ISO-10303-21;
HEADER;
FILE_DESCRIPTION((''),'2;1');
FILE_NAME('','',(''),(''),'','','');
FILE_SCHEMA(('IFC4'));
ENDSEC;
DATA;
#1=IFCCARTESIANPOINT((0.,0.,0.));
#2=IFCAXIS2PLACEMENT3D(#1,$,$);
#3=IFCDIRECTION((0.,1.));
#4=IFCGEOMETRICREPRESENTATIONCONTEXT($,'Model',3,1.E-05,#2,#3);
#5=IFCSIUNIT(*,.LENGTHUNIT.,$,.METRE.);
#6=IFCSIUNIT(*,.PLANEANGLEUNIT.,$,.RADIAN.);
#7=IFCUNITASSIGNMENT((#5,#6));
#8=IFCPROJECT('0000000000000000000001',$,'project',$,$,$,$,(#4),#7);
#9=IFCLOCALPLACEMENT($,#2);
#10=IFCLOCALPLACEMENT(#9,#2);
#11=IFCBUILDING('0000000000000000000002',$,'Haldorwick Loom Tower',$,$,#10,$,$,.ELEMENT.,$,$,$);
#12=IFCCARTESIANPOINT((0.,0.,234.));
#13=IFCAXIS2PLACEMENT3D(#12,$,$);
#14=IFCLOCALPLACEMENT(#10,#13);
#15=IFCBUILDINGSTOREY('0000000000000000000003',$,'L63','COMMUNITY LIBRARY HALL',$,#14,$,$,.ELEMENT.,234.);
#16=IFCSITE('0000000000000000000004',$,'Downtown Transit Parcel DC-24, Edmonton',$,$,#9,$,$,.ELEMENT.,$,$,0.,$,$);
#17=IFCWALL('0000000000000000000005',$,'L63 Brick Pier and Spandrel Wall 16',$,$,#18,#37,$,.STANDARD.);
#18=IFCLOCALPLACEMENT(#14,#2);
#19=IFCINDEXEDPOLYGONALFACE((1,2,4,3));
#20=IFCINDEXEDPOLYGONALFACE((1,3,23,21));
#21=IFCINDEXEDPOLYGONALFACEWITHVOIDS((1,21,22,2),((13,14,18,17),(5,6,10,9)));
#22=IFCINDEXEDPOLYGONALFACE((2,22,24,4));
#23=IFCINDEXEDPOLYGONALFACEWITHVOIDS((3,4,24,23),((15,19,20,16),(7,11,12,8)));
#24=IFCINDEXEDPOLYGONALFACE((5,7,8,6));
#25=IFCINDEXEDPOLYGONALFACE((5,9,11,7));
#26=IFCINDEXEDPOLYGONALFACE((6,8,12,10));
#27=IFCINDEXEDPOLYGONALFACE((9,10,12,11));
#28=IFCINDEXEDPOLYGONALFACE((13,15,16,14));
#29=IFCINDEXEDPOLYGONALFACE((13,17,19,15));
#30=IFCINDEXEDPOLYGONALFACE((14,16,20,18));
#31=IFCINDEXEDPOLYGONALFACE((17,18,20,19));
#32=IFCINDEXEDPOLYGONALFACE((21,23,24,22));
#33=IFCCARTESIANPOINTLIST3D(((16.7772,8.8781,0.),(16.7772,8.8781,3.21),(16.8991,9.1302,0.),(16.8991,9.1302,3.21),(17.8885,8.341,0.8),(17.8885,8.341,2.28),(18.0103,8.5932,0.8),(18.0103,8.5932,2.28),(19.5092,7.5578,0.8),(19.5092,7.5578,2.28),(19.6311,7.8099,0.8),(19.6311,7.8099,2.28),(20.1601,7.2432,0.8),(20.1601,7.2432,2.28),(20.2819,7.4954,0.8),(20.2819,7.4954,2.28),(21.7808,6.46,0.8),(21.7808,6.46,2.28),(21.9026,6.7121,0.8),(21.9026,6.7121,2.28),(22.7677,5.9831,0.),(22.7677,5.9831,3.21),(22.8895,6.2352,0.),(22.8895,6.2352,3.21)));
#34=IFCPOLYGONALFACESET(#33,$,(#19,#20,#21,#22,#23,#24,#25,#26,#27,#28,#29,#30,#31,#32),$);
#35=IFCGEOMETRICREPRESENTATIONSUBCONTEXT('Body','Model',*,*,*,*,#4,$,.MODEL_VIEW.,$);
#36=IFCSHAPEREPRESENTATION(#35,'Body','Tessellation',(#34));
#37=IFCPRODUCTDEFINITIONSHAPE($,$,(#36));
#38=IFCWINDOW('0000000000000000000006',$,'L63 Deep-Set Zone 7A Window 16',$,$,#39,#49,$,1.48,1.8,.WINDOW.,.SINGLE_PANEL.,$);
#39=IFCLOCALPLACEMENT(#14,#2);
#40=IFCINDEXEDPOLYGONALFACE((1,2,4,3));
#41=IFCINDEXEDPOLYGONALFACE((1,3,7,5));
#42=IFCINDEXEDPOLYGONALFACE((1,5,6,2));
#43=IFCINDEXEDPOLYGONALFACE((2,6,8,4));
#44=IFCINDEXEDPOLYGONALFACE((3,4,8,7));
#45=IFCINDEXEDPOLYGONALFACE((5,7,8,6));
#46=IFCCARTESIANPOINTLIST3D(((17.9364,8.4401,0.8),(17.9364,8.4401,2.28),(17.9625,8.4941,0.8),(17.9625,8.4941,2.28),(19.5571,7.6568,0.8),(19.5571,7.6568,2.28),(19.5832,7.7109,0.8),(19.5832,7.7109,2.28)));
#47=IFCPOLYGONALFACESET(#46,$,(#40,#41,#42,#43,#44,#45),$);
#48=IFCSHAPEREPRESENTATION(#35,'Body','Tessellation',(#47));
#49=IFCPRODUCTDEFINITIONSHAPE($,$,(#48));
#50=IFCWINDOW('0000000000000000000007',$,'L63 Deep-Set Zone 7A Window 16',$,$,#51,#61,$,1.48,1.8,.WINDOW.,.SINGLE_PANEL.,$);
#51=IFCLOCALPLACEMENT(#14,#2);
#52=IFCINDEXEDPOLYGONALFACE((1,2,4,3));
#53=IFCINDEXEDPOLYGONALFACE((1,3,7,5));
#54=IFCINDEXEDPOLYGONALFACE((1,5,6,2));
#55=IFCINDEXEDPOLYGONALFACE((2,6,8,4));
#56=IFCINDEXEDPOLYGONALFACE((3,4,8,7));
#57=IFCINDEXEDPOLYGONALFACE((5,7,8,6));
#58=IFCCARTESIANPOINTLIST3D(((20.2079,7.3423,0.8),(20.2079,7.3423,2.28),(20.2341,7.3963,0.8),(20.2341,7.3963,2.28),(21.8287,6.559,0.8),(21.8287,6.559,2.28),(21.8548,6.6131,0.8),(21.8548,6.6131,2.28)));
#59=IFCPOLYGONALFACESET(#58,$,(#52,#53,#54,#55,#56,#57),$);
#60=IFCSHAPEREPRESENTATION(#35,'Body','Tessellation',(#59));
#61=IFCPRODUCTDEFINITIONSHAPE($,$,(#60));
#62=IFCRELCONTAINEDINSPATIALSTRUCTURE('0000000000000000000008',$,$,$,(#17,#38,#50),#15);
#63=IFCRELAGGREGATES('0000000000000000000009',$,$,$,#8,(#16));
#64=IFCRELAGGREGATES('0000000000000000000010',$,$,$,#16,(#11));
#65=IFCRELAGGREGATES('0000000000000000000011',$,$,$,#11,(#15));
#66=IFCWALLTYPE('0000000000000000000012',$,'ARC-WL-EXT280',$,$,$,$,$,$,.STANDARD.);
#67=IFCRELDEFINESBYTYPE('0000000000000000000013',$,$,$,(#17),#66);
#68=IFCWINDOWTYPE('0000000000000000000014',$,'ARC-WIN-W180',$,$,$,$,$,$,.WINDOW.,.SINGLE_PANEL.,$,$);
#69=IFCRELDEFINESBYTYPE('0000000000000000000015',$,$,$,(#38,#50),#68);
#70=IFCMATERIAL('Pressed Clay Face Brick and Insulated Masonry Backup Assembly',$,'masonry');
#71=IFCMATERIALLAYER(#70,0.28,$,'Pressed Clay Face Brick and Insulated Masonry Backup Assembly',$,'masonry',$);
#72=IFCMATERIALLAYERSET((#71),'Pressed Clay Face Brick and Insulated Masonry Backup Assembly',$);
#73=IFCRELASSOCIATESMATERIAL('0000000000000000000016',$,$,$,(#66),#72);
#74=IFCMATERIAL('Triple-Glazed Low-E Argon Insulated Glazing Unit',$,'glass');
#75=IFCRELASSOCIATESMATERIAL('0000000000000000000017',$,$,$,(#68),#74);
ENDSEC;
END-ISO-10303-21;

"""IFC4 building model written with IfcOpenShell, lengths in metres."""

from ifc_helpers import new_model, si_unit, direction, frame, frame_2d, origin, place, context, subcontext, project, spatial, rectangle, extrude, material, layer, layer_set, type_object, element, fill, save


model = new_model("IFC4")

# Units and contexts
model_context = context("Model", 3, precision=1e-05, world=origin(), true_north=direction((0.0, 1.0)))
body_context = subcontext(model_context, "Body", "Model", "MODEL_VIEW")
ifc_project = project(units=[si_unit("LENGTHUNIT", "METRE"), si_unit("PLANEANGLEUNIT", "RADIAN")], contexts=[model_context])

# Site, building, storey
site_placement = place(None, origin())
site = spatial("IfcSite", under=ifc_project, at=site_placement, Name="Downtown Transit Parcel DC-24, Edmonton", CompositionType="ELEMENT", RefElevation=0.0)
building_placement = place(site_placement, origin())
building = spatial("IfcBuilding", under=site, at=building_placement, Name="Haldorwick Loom Tower", CompositionType="ELEMENT")
storey_placement = place(building_placement, frame((0.0, 0.0, 234.0)))
storey = spatial("IfcBuildingStorey", under=building, at=storey_placement, Name="L63", Description="COMMUNITY LIBRARY HALL", CompositionType="ELEMENT", Elevation=234.0)

# Shared definitions
ifc_material_1 = material(Name="Pressed Clay Face Brick and Insulated Masonry Backup Assembly", Category="masonry")
ifc_layer_1 = layer(ifc_material_1, 0.28, Name="Pressed Clay Face Brick and Insulated Masonry Backup Assembly", Category="masonry")
ifc_layer_set_1 = layer_set([ifc_layer_1], Name="Pressed Clay Face Brick and Insulated Masonry Backup Assembly")
wall_type = type_object("IfcWallType", Name="ARC-WL-EXT280", PredefinedType="STANDARD", material=ifc_layer_set_1)

# Wall, openings, windows
wall_1_placement = place(storey_placement, frame((16.8381, 9.0042, 0.0), z_axis=(0.0, 0.0, 1.0), x_axis=(0.900371, -0.435123, 0.0)))
wall_1 = element("IfcWall", 1, at=wall_1_placement, inside=storey, type_object=wall_type, Name="L63 Brick Pier and Spandrel Wall 16", PredefinedType="STANDARD", context=body_context, shape_type="SweptSolid", body=[
    extrude(rectangle(XDim=6.6533, YDim=0.28, at=frame_2d((3.3267, 0.0))), origin(), (0.0, 0.0, 1.0), 3.21),
])
opening_1_placement = place(wall_1_placement, frame((1.2344, 0.0, 0.8)))
opening_1 = element("IfcOpeningElement", 2, at=opening_1_placement, cuts=wall_1, PredefinedType="OPENING", context=body_context, shape_type="SweptSolid", body=[
    extrude(rectangle(XDim=1.8, YDim=1.48, at=frame_2d((0.8999, 0.74))), frame((0.0, 0.1499, 0.0), z_axis=(0.0, -1.0, 0.0), x_axis=(1.0, 0.0, 0.0)), (0.0, 0.0, 1.0), 0.3),
])
opening_2_placement = place(wall_1_placement, frame((3.7573, 0.0, 0.8)))
opening_2 = element("IfcOpeningElement", 3, at=opening_2_placement, cuts=wall_1, PredefinedType="OPENING", context=body_context, shape_type="SweptSolid", body=[
    extrude(rectangle(XDim=1.8, YDim=1.48, at=frame_2d((0.8999, 0.74))), frame((0.0, 0.1499, 0.0), z_axis=(0.0, -1.0, 0.0), x_axis=(1.0, 0.0, 0.0)), (0.0, 0.0, 1.0), 0.3),
])
ifc_material_2 = material(Name="Triple-Glazed Low-E Argon Insulated Glazing Unit", Category="glass")
window_type = type_object("IfcWindowType", Name="ARC-WIN-W180", PartitioningType="SINGLE_PANEL", PredefinedType="WINDOW", material=ifc_material_2)
window_1_placement = place(opening_1_placement, origin())
window_1 = element("IfcWindow", 4, at=window_1_placement, inside=storey, type_object=window_type, Name="L63 Deep-Set Zone 7A Window 16", OverallHeight=1.48, OverallWidth=1.8, PartitioningType="SINGLE_PANEL", PredefinedType="WINDOW", context=body_context, shape_type="SweptSolid", body=[
    extrude(rectangle(XDim=1.8, YDim=1.48, at=frame_2d((0.8999, 0.74))), frame((0.0, 0.03, 0.0), z_axis=(0.0, -1.0, 0.0), x_axis=(1.0, 0.0, 0.0)), (0.0, 0.0, 1.0), 0.0601),
])
fill(opening_1, window_1)
window_2_placement = place(opening_2_placement, origin())
window_2 = element("IfcWindow", 5, at=window_2_placement, inside=storey, type_object=window_type, Name="L63 Deep-Set Zone 7A Window 16", OverallHeight=1.48, OverallWidth=1.8, PartitioningType="SINGLE_PANEL", PredefinedType="WINDOW", context=body_context, shape_type="SweptSolid", body=[
    extrude(rectangle(XDim=1.8, YDim=1.48, at=frame_2d((0.8999, 0.74))), frame((0.0, 0.03, 0.0), z_axis=(0.0, -1.0, 0.0), x_axis=(1.0, 0.0, 0.0)), (0.0, 0.0, 1.0), 0.0601),
])
fill(opening_2, window_2)

save(model, "model.ifc")
